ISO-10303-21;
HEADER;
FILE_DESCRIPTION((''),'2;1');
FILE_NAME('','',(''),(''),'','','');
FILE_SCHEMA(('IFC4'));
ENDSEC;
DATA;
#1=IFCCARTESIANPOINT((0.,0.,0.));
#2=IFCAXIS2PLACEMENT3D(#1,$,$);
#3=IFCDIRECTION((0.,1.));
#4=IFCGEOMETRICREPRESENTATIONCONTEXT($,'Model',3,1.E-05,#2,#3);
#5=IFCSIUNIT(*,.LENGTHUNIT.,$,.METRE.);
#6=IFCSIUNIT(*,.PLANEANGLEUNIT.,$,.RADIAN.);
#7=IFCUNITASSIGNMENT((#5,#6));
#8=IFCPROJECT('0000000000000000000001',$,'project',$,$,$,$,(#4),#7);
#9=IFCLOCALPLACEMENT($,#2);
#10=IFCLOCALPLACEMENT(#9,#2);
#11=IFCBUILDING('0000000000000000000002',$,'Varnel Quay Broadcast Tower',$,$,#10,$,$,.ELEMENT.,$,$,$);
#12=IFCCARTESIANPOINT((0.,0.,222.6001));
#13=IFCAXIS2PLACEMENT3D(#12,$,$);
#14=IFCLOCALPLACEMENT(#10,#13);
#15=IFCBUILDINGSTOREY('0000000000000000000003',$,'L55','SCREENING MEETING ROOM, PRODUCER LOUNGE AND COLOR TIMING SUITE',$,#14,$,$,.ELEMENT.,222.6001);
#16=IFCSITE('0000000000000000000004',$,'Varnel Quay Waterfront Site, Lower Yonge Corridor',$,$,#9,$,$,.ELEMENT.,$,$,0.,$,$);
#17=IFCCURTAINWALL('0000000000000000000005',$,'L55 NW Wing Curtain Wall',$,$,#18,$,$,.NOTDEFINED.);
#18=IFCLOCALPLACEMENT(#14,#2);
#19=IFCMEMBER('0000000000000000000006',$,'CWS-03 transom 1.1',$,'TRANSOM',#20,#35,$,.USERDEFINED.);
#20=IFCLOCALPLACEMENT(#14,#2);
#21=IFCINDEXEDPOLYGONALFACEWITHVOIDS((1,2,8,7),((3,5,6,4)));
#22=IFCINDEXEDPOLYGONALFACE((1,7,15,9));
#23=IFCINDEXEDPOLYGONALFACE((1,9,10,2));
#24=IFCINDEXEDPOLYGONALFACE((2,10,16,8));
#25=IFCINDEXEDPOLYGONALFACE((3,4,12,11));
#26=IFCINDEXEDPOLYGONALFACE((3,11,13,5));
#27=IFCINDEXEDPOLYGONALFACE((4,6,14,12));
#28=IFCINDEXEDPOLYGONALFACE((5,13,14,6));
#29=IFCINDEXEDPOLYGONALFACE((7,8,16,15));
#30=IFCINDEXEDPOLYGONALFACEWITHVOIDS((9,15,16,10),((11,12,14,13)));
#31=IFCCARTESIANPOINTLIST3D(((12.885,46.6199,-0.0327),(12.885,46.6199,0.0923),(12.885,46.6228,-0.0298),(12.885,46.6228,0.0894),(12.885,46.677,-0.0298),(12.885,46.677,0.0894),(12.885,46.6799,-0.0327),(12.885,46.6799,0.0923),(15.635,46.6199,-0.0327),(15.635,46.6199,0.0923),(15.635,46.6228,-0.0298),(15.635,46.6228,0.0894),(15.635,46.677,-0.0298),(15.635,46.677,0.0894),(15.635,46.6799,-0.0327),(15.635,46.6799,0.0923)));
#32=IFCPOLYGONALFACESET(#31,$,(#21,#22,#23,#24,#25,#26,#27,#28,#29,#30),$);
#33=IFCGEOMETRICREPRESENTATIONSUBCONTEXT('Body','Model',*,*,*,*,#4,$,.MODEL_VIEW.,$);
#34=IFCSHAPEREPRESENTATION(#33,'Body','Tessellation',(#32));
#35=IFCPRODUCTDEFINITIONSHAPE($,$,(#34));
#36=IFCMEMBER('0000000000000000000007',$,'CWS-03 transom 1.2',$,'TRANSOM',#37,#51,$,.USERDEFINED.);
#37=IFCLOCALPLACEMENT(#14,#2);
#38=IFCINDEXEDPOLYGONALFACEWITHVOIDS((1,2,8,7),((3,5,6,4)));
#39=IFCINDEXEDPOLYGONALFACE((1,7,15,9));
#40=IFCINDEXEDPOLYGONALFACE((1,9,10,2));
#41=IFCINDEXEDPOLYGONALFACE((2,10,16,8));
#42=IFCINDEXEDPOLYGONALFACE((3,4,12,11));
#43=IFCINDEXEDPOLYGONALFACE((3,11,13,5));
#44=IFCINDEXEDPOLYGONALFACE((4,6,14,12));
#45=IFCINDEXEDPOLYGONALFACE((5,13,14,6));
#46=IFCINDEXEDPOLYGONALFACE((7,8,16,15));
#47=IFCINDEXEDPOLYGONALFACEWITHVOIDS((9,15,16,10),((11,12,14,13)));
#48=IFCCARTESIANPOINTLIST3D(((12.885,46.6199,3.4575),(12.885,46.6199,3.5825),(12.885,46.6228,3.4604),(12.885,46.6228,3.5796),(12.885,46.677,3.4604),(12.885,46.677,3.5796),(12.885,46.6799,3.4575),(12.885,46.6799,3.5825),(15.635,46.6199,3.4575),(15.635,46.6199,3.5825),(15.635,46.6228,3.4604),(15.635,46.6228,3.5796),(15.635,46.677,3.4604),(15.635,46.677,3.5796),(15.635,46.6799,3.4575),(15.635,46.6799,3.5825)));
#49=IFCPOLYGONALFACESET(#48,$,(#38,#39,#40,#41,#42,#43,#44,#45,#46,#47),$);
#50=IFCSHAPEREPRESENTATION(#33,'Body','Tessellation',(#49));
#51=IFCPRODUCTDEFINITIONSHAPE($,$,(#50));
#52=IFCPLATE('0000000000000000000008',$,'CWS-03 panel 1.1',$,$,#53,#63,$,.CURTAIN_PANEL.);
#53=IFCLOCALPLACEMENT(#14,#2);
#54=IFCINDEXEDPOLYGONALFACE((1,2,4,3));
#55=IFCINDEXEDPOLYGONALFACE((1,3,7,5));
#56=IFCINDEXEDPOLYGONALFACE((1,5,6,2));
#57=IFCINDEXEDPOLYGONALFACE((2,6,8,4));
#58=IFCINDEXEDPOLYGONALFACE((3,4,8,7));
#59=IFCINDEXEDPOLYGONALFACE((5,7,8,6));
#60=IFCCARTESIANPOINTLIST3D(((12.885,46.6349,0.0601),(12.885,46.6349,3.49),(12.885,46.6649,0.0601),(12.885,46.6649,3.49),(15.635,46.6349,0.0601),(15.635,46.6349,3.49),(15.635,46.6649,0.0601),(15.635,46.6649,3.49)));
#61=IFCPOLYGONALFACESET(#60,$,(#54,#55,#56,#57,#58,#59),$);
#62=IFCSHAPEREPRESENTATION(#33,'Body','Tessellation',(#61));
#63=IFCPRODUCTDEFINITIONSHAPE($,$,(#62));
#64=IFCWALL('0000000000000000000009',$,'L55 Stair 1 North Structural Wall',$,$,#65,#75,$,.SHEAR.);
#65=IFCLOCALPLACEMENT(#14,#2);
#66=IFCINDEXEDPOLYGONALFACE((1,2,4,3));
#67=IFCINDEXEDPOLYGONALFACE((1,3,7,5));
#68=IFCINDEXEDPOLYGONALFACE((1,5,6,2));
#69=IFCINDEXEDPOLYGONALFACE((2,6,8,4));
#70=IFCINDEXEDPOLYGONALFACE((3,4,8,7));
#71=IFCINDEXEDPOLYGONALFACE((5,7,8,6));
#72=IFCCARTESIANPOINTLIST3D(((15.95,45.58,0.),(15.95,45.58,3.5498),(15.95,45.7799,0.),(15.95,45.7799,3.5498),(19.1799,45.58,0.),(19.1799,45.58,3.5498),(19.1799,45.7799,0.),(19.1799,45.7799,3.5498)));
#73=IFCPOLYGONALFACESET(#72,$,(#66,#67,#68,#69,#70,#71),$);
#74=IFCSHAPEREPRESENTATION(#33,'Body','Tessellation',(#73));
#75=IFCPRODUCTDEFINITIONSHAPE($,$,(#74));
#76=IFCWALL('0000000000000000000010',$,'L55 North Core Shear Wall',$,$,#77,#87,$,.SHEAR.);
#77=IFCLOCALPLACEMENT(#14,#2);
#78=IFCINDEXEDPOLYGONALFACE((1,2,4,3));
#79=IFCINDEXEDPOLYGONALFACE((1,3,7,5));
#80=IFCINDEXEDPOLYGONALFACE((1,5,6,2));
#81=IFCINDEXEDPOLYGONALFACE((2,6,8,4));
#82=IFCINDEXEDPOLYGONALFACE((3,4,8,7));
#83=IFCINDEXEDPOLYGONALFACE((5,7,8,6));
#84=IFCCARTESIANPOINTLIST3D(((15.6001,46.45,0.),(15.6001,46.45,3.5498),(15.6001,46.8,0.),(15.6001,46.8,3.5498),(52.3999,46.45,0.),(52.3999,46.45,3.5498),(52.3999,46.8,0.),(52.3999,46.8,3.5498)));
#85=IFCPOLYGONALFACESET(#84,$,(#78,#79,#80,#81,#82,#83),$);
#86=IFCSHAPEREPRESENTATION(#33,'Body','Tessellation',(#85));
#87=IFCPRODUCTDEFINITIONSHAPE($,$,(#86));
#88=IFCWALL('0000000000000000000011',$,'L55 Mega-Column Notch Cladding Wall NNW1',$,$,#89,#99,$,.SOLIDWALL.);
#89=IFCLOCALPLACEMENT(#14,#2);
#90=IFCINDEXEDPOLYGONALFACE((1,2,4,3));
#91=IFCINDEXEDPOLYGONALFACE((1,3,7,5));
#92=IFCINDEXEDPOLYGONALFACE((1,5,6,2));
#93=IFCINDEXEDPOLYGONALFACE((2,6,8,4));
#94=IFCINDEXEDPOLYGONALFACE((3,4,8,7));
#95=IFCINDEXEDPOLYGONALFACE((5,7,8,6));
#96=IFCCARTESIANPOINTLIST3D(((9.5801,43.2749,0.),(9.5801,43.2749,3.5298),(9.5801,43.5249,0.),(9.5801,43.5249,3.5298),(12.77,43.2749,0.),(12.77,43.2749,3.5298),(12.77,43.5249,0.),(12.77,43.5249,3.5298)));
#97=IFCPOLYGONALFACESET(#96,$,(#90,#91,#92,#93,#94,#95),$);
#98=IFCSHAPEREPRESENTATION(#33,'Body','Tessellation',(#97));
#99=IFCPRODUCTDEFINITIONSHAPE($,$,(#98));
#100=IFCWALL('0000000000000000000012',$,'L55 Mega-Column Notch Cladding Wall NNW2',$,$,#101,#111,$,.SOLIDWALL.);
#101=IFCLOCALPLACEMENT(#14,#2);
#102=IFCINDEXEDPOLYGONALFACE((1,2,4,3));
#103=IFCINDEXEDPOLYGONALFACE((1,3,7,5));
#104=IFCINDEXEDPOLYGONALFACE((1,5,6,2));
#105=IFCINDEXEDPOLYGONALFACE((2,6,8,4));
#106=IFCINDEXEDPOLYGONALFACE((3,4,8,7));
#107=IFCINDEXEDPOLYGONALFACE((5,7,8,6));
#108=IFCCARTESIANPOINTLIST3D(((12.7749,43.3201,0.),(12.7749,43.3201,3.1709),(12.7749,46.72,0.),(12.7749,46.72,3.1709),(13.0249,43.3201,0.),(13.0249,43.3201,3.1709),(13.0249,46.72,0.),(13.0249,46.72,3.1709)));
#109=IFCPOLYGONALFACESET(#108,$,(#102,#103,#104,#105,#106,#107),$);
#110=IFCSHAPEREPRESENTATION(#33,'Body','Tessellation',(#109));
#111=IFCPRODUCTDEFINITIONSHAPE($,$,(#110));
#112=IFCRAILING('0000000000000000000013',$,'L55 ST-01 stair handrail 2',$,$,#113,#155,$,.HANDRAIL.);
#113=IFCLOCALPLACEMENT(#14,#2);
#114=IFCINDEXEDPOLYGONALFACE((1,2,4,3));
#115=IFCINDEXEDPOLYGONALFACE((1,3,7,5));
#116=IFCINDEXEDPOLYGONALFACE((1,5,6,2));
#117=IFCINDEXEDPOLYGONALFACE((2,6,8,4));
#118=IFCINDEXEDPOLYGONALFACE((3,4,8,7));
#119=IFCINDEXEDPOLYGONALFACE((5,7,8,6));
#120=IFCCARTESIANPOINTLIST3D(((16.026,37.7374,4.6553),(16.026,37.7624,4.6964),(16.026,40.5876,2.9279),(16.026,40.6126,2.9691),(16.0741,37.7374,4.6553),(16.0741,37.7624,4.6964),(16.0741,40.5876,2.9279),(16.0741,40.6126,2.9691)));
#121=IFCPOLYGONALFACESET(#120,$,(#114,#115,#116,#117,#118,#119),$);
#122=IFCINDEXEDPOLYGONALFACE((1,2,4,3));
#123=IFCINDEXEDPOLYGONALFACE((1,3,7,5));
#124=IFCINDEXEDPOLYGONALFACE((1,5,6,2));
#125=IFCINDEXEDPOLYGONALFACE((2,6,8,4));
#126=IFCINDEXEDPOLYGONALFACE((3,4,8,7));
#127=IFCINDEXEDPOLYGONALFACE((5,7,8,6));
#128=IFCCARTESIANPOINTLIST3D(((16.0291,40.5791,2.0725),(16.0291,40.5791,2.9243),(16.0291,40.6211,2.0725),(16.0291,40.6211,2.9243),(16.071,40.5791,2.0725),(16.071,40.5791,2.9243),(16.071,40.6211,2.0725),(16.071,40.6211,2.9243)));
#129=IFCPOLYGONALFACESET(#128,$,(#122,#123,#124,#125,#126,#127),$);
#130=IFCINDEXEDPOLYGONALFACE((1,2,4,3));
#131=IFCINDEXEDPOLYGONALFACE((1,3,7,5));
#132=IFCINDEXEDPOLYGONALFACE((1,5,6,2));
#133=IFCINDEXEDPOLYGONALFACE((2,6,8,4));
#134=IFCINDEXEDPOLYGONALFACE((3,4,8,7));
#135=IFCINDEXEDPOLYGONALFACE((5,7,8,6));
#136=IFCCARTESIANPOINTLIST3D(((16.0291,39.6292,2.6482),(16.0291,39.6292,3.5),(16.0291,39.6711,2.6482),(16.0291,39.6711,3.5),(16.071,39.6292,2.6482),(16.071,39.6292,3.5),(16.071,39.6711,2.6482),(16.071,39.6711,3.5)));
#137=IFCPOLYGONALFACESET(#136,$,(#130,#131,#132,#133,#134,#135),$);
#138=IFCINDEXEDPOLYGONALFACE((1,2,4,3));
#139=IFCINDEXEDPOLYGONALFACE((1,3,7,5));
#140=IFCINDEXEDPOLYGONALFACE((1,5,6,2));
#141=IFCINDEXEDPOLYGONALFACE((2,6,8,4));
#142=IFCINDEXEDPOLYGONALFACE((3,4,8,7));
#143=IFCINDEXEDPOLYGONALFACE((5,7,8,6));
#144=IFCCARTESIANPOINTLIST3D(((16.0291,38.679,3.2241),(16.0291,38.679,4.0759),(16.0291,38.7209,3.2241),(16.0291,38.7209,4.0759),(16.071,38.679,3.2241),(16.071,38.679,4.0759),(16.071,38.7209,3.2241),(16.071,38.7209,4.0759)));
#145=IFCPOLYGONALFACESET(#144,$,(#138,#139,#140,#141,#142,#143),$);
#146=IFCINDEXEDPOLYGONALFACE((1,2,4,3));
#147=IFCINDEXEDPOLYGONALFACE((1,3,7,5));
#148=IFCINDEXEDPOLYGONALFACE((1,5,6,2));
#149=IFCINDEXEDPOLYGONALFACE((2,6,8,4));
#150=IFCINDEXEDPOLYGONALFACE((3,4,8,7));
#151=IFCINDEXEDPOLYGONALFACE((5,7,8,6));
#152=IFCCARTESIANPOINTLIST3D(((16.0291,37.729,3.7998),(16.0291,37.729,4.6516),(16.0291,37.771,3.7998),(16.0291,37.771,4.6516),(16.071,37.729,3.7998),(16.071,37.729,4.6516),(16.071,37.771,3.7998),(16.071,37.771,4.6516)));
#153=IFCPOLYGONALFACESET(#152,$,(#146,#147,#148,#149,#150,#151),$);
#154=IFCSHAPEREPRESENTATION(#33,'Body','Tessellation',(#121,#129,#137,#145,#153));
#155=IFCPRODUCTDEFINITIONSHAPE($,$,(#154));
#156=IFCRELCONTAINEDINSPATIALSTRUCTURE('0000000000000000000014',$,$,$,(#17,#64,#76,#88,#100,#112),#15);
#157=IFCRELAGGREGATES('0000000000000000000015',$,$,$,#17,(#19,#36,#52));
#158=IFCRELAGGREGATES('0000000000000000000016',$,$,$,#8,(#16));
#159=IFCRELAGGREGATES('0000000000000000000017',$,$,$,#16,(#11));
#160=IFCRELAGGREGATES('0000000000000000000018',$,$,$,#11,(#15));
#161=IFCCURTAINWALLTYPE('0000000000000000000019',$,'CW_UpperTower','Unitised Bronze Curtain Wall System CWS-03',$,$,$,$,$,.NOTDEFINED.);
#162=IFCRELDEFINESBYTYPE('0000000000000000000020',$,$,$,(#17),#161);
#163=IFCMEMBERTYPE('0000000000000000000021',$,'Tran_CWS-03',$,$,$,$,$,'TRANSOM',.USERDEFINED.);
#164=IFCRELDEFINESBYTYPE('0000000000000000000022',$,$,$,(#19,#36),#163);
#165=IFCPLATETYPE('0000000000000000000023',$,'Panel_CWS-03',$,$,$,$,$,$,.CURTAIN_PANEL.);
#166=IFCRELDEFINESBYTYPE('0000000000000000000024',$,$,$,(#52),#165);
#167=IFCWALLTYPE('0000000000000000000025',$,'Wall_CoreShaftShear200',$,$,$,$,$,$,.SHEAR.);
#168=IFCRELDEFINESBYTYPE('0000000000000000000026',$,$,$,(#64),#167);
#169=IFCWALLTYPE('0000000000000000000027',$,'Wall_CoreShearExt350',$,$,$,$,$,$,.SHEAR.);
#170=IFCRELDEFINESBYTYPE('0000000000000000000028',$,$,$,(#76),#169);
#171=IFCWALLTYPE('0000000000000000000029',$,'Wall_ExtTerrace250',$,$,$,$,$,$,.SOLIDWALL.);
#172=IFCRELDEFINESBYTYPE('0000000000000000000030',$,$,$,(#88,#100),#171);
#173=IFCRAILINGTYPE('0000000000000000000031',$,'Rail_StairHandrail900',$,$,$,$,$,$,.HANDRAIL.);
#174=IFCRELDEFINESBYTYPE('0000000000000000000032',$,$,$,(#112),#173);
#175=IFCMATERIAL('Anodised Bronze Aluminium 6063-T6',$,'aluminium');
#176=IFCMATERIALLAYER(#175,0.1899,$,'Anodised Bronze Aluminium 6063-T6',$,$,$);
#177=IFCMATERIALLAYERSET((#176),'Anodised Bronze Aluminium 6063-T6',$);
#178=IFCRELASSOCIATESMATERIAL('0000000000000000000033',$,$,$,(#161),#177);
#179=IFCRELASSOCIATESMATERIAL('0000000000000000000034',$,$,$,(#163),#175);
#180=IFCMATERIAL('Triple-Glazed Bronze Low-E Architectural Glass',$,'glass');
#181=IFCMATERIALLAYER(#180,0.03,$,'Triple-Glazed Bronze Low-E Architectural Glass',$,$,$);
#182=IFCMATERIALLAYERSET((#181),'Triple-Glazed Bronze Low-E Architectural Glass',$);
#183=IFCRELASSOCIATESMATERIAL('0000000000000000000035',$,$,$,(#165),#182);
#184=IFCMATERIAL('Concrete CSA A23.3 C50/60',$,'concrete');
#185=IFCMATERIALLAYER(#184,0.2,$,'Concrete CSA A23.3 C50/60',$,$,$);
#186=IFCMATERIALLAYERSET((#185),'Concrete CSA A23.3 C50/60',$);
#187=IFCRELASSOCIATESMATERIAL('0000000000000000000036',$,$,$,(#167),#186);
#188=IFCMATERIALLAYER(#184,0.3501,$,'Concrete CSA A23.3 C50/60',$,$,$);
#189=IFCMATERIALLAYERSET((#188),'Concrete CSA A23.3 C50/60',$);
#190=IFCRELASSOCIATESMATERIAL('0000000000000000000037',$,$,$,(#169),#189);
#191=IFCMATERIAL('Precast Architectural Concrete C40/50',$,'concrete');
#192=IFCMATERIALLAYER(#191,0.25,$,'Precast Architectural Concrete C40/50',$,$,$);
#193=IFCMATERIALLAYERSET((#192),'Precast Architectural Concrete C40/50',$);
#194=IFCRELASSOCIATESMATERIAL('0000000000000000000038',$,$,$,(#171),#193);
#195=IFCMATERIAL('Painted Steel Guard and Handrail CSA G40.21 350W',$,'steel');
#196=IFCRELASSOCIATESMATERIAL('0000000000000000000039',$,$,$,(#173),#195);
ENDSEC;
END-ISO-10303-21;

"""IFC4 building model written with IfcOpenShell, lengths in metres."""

from ifc_helpers import new_model, si_unit, direction, frame, frame_2d, origin, origin_2d, place, context, subcontext, project, spatial, rectangle, hollow_rectangle, extrude, source, transform, mapped, material, layer, layer_set, material_profile, profile_set, type_object, type_shapes, element, aggregate, save


model = new_model("IFC4")

# Units and contexts
model_context = context("Model", 3, precision=1e-05, world=origin(), true_north=direction((0.0, 1.0)))
body_context = subcontext(model_context, "Body", "Model", "MODEL_VIEW")
ifc_project = project(units=[si_unit("LENGTHUNIT", "METRE"), si_unit("PLANEANGLEUNIT", "RADIAN")], contexts=[model_context])

# Site, building, storey
site_placement = place(None, origin())
site = spatial("IfcSite", under=ifc_project, at=site_placement, Name="Varnel Quay Waterfront Site, Lower Yonge Corridor", CompositionType="ELEMENT", RefElevation=0.0)
building_placement = place(site_placement, origin())
building = spatial("IfcBuilding", under=site, at=building_placement, Name="Varnel Quay Broadcast Tower", CompositionType="ELEMENT")
storey_placement = place(building_placement, frame((0.0, 0.0, 222.6001)))
storey = spatial("IfcBuildingStorey", under=building, at=storey_placement, Name="L55", Description="SCREENING MEETING ROOM, PRODUCER LOUNGE AND COLOR TIMING SUITE", CompositionType="ELEMENT", Elevation=222.6001)

# Shared definitions
ifc_material_1 = material(Name="Anodised Bronze Aluminium 6063-T6", Category="aluminium")
ifc_layer_1 = layer(ifc_material_1, 0.1899, Name="Anodised Bronze Aluminium 6063-T6")
ifc_layer_set_1 = layer_set([ifc_layer_1], Name="Anodised Bronze Aluminium 6063-T6")
curtain_wall_type = type_object("IfcCurtainWallType", Name="CW_UpperTower", Description="Unitised Bronze Curtain Wall System CWS-03", PredefinedType="NOTDEFINED", material=ifc_layer_set_1)

# Curtain wall, members, plate
curtain_wall_1_placement = place(storey_placement, origin())
curtain_wall_1 = element("IfcCurtainWall", 1, at=curtain_wall_1_placement, inside=storey, type_object=curtain_wall_type, Name="L55 NW Wing Curtain Wall", PredefinedType="NOTDEFINED")
ifc_material_profile_1 = material_profile(ifc_material_1, hollow_rectangle(XDim=0.0601, YDim=0.125, WallThickness=0.0029, at=origin_2d()), Name="ALU60X125X3")
ifc_profile_set_1 = profile_set([ifc_material_profile_1], Name="Anodised Bronze Aluminium 6063-T6")
member_type_1 = type_object("IfcMemberType", Name="Tran_CWS-03", ElementType="TRANSOM", PredefinedType="USERDEFINED", material=ifc_profile_set_1)
shared_shape_1 = source(origin(), body_context, "Body", "SweptSolid", [
    extrude(hollow_rectangle(XDim=0.0601, YDim=0.125, WallThickness=0.0029, at=origin_2d()), origin(), (0.0, 0.0, 1.0), 2.75),
])
type_shapes(member_type_1, [shared_shape_1])
member_1_placement = place(storey_placement, frame((12.885, 46.6499, 0.0298), z_axis=(1.0, 0.0, 0.0), x_axis=(0.0, 1.0, 0.0)))
member_1 = element("IfcMember", 2, at=member_1_placement, type_object=member_type_1, Name="CWS-03 transom 1.1", ObjectType="TRANSOM", PredefinedType="USERDEFINED", context=body_context, shape_type="MappedRepresentation", body=[
    mapped(shared_shape_1, transform((0.0, 0.0, 0.0), x_axis=(1.0, 0.0, 0.0), y_axis=(0.0, 1.0, 0.0), z_axis=(0.0, 0.0, 1.0), scale=1.0)),
])
member_2_placement = place(storey_placement, frame((12.885, 46.6499, 3.52), z_axis=(1.0, 0.0, 0.0), x_axis=(0.0, 1.0, 0.0)))
member_2 = element("IfcMember", 3, at=member_2_placement, type_object=member_type_1, Name="CWS-03 transom 1.2", ObjectType="TRANSOM", PredefinedType="USERDEFINED", context=body_context, shape_type="MappedRepresentation", body=[
    mapped(shared_shape_1, transform((0.0, 0.0, 0.0), x_axis=(1.0, 0.0, 0.0), y_axis=(0.0, 1.0, 0.0), z_axis=(0.0, 0.0, 1.0), scale=1.0)),
])
ifc_material_2 = material(Name="Triple-Glazed Bronze Low-E Architectural Glass", Category="glass")
ifc_layer_2 = layer(ifc_material_2, 0.03, Name="Triple-Glazed Bronze Low-E Architectural Glass")
ifc_layer_set_2 = layer_set([ifc_layer_2], Name="Triple-Glazed Bronze Low-E Architectural Glass")
plate_type = type_object("IfcPlateType", Name="Panel_CWS-03", PredefinedType="CURTAIN_PANEL", material=ifc_layer_set_2)
shared_shape_2 = source(origin(), body_context, "Body", "SweptSolid", [
    extrude(rectangle(XDim=2.75, YDim=0.03, at=origin_2d()), origin(), (0.0, 0.0, 1.0), 3.4299),
])
type_shapes(plate_type, [shared_shape_2])
plate_placement = place(storey_placement, frame((14.26, 46.6499, 0.0601), z_axis=(0.0, 0.0, 1.0), x_axis=(1.0, 0.0, 0.0)))
plate = element("IfcPlate", 4, at=plate_placement, type_object=plate_type, Name="CWS-03 panel 1.1", PredefinedType="CURTAIN_PANEL", context=body_context, shape_type="MappedRepresentation", body=[
    mapped(shared_shape_2, transform((0.0, 0.0, 0.0), x_axis=(1.0, 0.0, 0.0), y_axis=(0.0, 1.0, 0.0), z_axis=(0.0, 0.0, 1.0), scale=1.0)),
])
aggregate(curtain_wall_1, [member_1, member_2, plate])

# Walls
ifc_material_3 = material(Name="Concrete CSA A23.3 C50/60", Category="concrete")
ifc_layer_3 = layer(ifc_material_3, 0.2, Name="Concrete CSA A23.3 C50/60")
ifc_layer_set_3 = layer_set([ifc_layer_3], Name="Concrete CSA A23.3 C50/60")
wall_type_1 = type_object("IfcWallType", Name="Wall_CoreShaftShear200", PredefinedType="SHEAR", material=ifc_layer_set_3)
wall_1_placement = place(storey_placement, frame((15.95, 45.6799, 0.0), z_axis=(0.0, 0.0, 1.0), x_axis=(1.0, 0.0, 0.0)))
element("IfcWall", 5, at=wall_1_placement, inside=storey, type_object=wall_type_1, Name="L55 Stair 1 North Structural Wall", PredefinedType="SHEAR", context=body_context, shape_type="SweptSolid", body=[
    extrude(rectangle(XDim=3.23, YDim=0.2, at=frame_2d((1.615, 0.0))), origin(), (0.0, 0.0, 1.0), 3.5498),
])
ifc_layer_4 = layer(ifc_material_3, 0.3501, Name="Concrete CSA A23.3 C50/60")
ifc_layer_set_4 = layer_set([ifc_layer_4], Name="Concrete CSA A23.3 C50/60")
wall_type_2 = type_object("IfcWallType", Name="Wall_CoreShearExt350", PredefinedType="SHEAR", material=ifc_layer_set_4)
wall_2_placement = place(storey_placement, frame((15.6001, 46.625, 0.0), z_axis=(0.0, 0.0, 1.0), x_axis=(1.0, 0.0, 0.0)))
element("IfcWall", 6, at=wall_2_placement, inside=storey, type_object=wall_type_2, Name="L55 North Core Shear Wall", PredefinedType="SHEAR", context=body_context, shape_type="SweptSolid", body=[
    extrude(rectangle(XDim=36.7998, YDim=0.3501, at=frame_2d((18.3999, 0.0))), origin(), (0.0, 0.0, 1.0), 3.5498),
])
ifc_material_4 = material(Name="Precast Architectural Concrete C40/50", Category="concrete")
ifc_layer_5 = layer(ifc_material_4, 0.25, Name="Precast Architectural Concrete C40/50")
ifc_layer_set_5 = layer_set([ifc_layer_5], Name="Precast Architectural Concrete C40/50")
wall_type_3 = type_object("IfcWallType", Name="Wall_ExtTerrace250", PredefinedType="SOLIDWALL", material=ifc_layer_set_5)
wall_3_placement = place(storey_placement, frame((9.5801, 43.3999, 0.0), z_axis=(0.0, 0.0, 1.0), x_axis=(1.0, 0.0, 0.0)))
element("IfcWall", 7, at=wall_3_placement, inside=storey, type_object=wall_type_3, Name="L55 Mega-Column Notch Cladding Wall NNW1", PredefinedType="SOLIDWALL", context=body_context, shape_type="SweptSolid", body=[
    extrude(rectangle(XDim=3.1899, YDim=0.25, at=frame_2d((1.595, 0.0))), origin(), (0.0, 0.0, 1.0), 3.5298),
])
wall_4_placement = place(storey_placement, frame((12.8999, 43.3201, 0.0), z_axis=(0.0, 0.0, 1.0), x_axis=(0.0, 1.0, 0.0)))
element("IfcWall", 8, at=wall_4_placement, inside=storey, type_object=wall_type_3, Name="L55 Mega-Column Notch Cladding Wall NNW2", PredefinedType="SOLIDWALL", context=body_context, shape_type="SweptSolid", body=[
    extrude(rectangle(XDim=3.3999, YDim=0.25, at=frame_2d((1.7, 0.0))), origin(), (0.0, 0.0, 1.0), 3.1709),
])

# Railing
ifc_material_5 = material(Name="Painted Steel Guard and Handrail CSA G40.21 350W", Category="steel")
railing_type = type_object("IfcRailingType", Name="Rail_StairHandrail900", PredefinedType="HANDRAIL", material=ifc_material_5)
railing_placement = place(storey_placement, frame((16.05, 40.6001, 2.0725)))
element("IfcRailing", 9, at=railing_placement, inside=storey, type_object=railing_type, Name="L55 ST-01 stair handrail 2", PredefinedType="HANDRAIL", context=body_context, shape_type="SweptSolid", body=[
    extrude(rectangle(XDim=0.0481, YDim=0.0481, at=origin_2d()), frame((0.0, 0.0, 0.876), z_axis=(0.0, -0.855203, 0.518294), x_axis=(1.0, 0.0, 0.0)), (0.0, 0.0, 1.0), 3.3328),
    extrude(rectangle(XDim=0.042, YDim=0.042, at=origin_2d()), origin(), (0.0, 0.0, 1.0), 0.8518),
    extrude(rectangle(XDim=0.042, YDim=0.042, at=origin_2d()), frame((0.0, -0.95, 0.5757)), (0.0, 0.0, 1.0), 0.8518),
    extrude(rectangle(XDim=0.042, YDim=0.042, at=origin_2d()), frame((0.0, -1.9001, 1.1516)), (0.0, 0.0, 1.0), 0.8518),
    extrude(rectangle(XDim=0.042, YDim=0.042, at=origin_2d()), frame((0.0, -2.8501, 1.7273)), (0.0, 0.0, 1.0), 0.8518),
])

save(model, "model.ifc")
